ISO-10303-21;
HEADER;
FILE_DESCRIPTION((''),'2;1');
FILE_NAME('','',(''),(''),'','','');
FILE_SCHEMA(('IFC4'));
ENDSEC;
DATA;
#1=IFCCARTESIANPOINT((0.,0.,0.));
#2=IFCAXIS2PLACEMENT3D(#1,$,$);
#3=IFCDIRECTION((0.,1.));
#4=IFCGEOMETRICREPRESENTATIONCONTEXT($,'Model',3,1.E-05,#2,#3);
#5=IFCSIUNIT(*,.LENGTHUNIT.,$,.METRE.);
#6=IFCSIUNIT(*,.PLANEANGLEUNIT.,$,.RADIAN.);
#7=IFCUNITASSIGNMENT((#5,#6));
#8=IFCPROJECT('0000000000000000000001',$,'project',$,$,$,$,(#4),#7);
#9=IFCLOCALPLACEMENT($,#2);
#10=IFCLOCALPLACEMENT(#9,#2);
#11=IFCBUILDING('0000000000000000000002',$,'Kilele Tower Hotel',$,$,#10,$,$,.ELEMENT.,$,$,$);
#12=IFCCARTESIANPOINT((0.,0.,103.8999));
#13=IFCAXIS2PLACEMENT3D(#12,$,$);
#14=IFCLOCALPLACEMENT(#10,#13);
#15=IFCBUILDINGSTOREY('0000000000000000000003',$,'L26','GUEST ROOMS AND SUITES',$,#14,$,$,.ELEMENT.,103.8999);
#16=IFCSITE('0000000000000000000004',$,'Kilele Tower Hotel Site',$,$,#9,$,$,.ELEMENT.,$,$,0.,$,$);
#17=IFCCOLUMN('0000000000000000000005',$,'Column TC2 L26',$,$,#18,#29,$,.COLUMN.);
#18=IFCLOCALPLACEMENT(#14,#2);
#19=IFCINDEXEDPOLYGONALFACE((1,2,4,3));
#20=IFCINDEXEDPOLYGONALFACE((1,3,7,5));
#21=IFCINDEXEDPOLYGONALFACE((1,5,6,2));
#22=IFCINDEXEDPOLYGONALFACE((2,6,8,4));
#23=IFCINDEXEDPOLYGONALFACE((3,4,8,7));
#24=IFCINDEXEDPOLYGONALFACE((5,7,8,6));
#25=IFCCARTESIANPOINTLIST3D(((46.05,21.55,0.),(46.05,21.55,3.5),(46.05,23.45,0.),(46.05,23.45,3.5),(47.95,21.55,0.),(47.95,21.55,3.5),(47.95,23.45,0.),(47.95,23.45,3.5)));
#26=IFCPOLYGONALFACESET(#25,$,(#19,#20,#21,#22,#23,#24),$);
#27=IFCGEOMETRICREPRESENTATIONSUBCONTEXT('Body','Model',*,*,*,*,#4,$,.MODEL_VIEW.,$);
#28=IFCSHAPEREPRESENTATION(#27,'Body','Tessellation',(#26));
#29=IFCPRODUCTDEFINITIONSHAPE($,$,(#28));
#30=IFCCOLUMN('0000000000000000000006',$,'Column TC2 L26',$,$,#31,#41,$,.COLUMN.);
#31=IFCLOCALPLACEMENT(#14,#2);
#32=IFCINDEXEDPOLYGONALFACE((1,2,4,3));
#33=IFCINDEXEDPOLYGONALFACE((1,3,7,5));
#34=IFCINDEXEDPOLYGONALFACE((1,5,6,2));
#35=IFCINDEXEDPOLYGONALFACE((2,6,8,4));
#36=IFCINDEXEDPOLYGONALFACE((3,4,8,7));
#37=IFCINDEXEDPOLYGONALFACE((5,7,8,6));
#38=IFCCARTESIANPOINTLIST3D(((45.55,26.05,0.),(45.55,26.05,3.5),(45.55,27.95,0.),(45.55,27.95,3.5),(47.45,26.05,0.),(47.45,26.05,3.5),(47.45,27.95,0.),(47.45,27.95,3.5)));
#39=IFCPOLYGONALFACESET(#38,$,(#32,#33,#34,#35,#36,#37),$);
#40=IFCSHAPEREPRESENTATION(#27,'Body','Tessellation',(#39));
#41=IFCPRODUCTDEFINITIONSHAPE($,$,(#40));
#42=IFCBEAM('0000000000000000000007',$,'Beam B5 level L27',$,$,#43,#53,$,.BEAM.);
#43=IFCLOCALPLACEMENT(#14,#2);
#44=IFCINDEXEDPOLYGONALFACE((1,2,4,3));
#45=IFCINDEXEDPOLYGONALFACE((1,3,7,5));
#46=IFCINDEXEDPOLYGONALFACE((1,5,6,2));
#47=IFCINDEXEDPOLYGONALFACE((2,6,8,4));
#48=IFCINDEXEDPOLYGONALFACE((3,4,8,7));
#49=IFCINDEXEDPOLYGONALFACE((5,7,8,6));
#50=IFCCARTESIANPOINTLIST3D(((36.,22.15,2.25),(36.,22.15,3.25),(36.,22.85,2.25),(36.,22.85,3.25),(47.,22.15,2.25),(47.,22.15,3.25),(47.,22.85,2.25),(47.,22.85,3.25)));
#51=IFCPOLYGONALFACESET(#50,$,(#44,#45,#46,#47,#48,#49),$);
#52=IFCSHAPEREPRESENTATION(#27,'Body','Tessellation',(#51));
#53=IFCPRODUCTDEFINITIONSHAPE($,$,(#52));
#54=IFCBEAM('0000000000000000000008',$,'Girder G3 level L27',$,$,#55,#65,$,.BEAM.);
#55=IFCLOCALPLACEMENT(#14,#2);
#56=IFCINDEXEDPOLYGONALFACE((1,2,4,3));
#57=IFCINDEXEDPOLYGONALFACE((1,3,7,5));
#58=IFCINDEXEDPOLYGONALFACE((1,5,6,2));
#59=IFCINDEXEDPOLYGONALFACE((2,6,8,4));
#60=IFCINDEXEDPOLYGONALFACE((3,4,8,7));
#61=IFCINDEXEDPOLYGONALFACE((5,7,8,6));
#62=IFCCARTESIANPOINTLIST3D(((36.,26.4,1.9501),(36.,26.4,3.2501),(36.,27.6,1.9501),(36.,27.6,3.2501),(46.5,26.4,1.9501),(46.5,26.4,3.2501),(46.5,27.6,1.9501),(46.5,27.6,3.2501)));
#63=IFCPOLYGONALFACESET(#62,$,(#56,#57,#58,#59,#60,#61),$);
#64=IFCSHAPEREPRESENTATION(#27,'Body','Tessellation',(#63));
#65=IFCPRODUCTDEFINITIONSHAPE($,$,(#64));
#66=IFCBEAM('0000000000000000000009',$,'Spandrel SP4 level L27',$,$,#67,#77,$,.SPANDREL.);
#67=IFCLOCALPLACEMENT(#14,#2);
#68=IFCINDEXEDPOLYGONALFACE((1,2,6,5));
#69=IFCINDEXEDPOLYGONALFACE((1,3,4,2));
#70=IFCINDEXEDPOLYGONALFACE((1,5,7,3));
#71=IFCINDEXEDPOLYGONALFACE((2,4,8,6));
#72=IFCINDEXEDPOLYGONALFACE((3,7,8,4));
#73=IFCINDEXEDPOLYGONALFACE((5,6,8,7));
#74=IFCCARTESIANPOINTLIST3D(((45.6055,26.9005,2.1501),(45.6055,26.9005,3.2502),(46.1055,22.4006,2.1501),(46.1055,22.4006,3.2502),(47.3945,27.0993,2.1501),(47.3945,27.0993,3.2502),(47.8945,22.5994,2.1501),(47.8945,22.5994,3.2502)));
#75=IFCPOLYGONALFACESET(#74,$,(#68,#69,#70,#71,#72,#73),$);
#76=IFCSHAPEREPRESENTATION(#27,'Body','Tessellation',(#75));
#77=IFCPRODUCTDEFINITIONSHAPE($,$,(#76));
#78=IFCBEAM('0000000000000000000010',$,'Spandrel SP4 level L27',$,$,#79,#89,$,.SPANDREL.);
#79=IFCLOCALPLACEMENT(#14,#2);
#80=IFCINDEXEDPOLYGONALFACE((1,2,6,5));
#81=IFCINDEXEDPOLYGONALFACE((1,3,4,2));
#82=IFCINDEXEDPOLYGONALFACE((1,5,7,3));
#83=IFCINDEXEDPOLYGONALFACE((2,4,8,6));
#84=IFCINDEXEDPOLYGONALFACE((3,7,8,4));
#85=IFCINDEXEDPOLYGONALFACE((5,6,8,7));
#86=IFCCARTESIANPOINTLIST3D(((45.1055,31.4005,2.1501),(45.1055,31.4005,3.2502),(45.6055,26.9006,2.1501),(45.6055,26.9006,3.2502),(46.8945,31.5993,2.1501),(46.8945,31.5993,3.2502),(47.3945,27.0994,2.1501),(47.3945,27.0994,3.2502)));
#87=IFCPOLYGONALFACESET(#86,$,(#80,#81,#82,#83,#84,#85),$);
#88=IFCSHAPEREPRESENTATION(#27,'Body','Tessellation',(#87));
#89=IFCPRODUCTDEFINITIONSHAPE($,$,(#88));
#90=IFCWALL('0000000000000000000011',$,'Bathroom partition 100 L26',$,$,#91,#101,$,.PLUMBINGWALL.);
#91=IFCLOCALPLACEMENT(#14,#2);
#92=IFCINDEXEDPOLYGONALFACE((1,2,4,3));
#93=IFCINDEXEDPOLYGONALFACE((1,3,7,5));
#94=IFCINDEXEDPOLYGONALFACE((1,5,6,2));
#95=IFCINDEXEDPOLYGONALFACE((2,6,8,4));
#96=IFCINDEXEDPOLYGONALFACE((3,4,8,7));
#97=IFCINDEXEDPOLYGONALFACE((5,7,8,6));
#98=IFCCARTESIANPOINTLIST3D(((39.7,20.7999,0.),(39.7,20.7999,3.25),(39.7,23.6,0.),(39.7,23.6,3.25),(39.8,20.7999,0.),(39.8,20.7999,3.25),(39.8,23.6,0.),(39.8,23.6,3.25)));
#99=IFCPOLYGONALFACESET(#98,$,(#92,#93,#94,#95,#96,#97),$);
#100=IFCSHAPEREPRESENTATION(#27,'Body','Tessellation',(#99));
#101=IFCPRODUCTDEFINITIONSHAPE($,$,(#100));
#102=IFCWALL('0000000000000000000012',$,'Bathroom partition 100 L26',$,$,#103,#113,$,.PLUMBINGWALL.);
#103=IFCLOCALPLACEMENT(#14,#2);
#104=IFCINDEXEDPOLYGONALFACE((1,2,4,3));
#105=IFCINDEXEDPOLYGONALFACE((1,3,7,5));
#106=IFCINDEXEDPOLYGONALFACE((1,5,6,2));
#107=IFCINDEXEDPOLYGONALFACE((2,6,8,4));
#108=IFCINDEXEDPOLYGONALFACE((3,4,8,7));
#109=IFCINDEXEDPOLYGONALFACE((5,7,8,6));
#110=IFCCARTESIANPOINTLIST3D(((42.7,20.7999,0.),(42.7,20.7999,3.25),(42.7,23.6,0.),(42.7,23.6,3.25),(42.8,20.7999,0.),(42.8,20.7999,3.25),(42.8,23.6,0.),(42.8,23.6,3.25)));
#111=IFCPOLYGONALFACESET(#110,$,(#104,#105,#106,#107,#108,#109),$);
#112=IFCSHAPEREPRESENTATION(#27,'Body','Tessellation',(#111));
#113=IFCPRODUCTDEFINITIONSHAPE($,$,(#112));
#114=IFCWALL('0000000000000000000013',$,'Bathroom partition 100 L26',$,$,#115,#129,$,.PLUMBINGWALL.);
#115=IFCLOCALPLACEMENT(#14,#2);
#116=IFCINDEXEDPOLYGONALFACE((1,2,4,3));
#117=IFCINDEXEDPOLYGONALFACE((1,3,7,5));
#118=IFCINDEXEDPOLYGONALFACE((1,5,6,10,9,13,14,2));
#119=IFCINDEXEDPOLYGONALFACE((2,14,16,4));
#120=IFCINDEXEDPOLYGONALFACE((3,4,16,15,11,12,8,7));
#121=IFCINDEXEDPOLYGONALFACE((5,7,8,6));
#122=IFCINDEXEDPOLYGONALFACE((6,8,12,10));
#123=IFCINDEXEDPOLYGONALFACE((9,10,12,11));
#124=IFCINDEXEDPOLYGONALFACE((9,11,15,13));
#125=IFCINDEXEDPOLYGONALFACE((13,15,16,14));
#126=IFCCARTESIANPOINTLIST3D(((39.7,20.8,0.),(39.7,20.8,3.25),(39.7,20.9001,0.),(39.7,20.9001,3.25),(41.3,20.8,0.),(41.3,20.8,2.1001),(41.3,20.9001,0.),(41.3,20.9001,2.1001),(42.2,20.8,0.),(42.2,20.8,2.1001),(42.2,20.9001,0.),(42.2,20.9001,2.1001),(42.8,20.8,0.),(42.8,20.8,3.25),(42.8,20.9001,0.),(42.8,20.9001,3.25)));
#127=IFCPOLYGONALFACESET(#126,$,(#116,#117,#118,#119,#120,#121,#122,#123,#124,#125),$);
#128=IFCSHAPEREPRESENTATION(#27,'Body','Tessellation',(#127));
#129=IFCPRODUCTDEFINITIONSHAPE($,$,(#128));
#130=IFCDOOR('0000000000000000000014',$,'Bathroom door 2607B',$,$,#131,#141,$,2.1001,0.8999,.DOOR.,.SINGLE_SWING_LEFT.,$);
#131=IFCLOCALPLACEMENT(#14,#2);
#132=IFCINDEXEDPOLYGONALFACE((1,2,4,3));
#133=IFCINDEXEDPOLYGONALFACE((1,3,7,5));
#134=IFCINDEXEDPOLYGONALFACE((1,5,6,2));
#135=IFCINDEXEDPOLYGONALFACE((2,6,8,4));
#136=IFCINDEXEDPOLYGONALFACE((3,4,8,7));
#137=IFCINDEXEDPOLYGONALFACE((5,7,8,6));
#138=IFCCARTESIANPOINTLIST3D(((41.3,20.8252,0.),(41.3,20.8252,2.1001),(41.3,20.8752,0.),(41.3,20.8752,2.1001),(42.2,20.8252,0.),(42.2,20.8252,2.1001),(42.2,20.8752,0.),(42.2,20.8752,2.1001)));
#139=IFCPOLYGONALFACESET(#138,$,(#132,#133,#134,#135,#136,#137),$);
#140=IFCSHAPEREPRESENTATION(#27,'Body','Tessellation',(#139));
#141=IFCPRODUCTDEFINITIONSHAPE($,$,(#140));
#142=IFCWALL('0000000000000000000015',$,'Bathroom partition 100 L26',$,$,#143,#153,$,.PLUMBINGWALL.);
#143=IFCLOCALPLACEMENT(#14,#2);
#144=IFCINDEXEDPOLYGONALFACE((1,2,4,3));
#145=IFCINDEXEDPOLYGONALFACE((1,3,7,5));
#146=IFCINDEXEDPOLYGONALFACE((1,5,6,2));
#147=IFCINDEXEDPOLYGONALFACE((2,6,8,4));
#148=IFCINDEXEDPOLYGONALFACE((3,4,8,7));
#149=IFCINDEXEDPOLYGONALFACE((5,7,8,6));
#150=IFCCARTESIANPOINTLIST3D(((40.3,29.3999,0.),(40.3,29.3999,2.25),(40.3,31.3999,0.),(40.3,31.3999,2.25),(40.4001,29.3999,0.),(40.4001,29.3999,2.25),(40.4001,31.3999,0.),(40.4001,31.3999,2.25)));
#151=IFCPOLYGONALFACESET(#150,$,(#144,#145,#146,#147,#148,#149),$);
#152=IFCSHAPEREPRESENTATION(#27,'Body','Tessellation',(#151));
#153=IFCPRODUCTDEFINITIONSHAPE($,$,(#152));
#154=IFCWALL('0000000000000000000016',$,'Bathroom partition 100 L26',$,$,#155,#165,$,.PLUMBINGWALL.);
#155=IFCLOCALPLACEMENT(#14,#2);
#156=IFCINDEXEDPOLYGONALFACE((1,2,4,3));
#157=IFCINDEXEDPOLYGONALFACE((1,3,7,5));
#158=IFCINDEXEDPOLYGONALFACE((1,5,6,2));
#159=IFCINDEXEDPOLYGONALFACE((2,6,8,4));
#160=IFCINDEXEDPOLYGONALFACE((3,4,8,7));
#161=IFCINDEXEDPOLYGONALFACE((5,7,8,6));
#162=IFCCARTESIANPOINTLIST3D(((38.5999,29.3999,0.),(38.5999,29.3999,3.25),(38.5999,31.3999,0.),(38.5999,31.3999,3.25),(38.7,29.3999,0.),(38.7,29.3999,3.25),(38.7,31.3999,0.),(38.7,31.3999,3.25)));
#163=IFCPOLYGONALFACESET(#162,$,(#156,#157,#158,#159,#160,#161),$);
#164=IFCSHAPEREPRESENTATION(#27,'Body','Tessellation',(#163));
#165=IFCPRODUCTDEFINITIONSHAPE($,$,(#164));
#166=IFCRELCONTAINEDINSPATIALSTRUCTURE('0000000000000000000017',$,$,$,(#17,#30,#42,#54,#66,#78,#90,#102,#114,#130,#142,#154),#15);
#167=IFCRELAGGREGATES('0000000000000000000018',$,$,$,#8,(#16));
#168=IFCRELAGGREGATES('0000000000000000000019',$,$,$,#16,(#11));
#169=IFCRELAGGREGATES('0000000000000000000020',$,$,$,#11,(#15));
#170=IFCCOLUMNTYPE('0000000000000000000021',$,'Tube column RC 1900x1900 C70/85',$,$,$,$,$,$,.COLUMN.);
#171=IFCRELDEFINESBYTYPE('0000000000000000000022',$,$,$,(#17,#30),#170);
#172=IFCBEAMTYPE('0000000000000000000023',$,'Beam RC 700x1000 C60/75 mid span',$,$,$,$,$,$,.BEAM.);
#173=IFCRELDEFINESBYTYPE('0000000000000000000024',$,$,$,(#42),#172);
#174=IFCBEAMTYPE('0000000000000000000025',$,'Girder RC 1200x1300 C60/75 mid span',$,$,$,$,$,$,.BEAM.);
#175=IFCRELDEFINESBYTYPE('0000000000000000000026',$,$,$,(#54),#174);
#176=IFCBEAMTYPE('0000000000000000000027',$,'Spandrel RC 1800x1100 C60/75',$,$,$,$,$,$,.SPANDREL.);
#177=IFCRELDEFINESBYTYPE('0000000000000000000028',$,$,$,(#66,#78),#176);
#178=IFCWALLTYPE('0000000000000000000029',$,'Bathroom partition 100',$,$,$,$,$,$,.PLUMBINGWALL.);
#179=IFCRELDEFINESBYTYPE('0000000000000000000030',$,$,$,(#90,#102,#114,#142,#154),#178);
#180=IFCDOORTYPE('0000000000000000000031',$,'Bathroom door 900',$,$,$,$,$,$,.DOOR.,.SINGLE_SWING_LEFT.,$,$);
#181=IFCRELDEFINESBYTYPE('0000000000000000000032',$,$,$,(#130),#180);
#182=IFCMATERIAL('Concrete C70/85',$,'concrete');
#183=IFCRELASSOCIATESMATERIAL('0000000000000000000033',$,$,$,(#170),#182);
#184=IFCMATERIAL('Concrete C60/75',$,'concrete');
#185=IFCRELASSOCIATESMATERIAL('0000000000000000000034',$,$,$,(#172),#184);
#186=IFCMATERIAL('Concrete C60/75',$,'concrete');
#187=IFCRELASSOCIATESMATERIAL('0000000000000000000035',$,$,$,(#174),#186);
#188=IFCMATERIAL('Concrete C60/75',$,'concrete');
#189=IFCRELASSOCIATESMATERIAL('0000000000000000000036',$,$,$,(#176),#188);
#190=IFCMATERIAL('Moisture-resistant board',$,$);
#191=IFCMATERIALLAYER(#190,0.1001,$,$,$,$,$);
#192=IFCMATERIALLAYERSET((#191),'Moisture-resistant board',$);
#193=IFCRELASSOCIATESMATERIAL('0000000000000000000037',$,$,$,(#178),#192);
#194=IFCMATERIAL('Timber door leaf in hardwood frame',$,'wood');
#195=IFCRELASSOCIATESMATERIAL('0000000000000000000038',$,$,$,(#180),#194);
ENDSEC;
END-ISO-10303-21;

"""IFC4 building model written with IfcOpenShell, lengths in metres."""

from ifc_helpers import new_model, si_unit, direction, frame, frame_2d, origin, origin_2d, place, context, subcontext, project, spatial, rectangle, extrude, material, layer, layer_set, material_profile, profile_set, type_object, element, fill, save


model = new_model("IFC4")

# Units and contexts
model_context = context("Model", 3, precision=1e-05, world=origin(), true_north=direction((0.0, 1.0)))
body_context = subcontext(model_context, "Body", "Model", "MODEL_VIEW")
ifc_project = project(units=[si_unit("LENGTHUNIT", "METRE"), si_unit("PLANEANGLEUNIT", "RADIAN")], contexts=[model_context])

# Site, building, storey
site_placement = place(None, origin())
site = spatial("IfcSite", under=ifc_project, at=site_placement, Name="Kilele Tower Hotel Site", CompositionType="ELEMENT", RefElevation=0.0)
building_placement = place(site_placement, origin())
building = spatial("IfcBuilding", under=site, at=building_placement, Name="Kilele Tower Hotel", CompositionType="ELEMENT")
storey_placement = place(building_placement, frame((0.0, 0.0, 103.8999)))
storey = spatial("IfcBuildingStorey", under=building, at=storey_placement, Name="L26", Description="GUEST ROOMS AND SUITES", CompositionType="ELEMENT", Elevation=103.8999)

# Columns
ifc_material_1 = material(Name="Concrete C70/85", Category="concrete")
ifc_material_profile_1 = material_profile(ifc_material_1, rectangle(XDim=1.8999, YDim=1.8999, at=origin_2d()))
ifc_profile_set_1 = profile_set([ifc_material_profile_1], Name="Concrete C70/85")
column_type = type_object("IfcColumnType", Name="Tube column RC 1900x1900 C70/85", PredefinedType="COLUMN", material=ifc_profile_set_1)
for number, where, z_axis, x_axis, name in (
    (1, (47.0, 22.5, 0.0), (0.0, 0.0, 1.0), (1.0, 0.0, 0.0), "Column TC2 L26"),
    (2, (46.5, 27.0, 0.0), (0.0, 0.0, 1.0), (1.0, 0.0, 0.0), "Column TC2 L26"),
):
    element("IfcColumn", number, at=place(storey_placement, frame(where, z_axis=z_axis, x_axis=x_axis)), inside=storey, type_object=column_type, Name=name, PredefinedType="COLUMN", context=body_context, shape_type="SweptSolid", body=[
        extrude(rectangle(XDim=1.8999, YDim=1.8999, at=origin_2d()), origin(), (0.0, 0.0, 1.0), 3.5),
    ])

# Beams
ifc_material_2 = material(Name="Concrete C60/75", Category="concrete")
ifc_material_profile_2 = material_profile(ifc_material_2, rectangle(XDim=0.7, YDim=1.0, at=origin_2d()))
ifc_profile_set_2 = profile_set([ifc_material_profile_2], Name="Concrete C60/75")
beam_type_1 = type_object("IfcBeamType", Name="Beam RC 700x1000 C60/75 mid span", PredefinedType="BEAM", material=ifc_profile_set_2)
beam_1_placement = place(storey_placement, frame((47.0, 22.5, 2.75), z_axis=(-1.0, 0.0, 0.0), x_axis=(0.0, -1.0, 0.0)))
element("IfcBeam", 3, at=beam_1_placement, inside=storey, type_object=beam_type_1, Name="Beam B5 level L27", PredefinedType="BEAM", context=body_context, shape_type="SweptSolid", body=[
    extrude(rectangle(XDim=0.7, YDim=1.0, at=origin_2d()), origin(), (0.0, 0.0, 1.0), 11.0),
])
ifc_material_3 = material(Name="Concrete C60/75", Category="concrete")
ifc_material_profile_3 = material_profile(ifc_material_3, rectangle(XDim=1.2, YDim=1.3, at=origin_2d()))
ifc_profile_set_3 = profile_set([ifc_material_profile_3], Name="Concrete C60/75")
beam_type_2 = type_object("IfcBeamType", Name="Girder RC 1200x1300 C60/75 mid span", PredefinedType="BEAM", material=ifc_profile_set_3)
beam_2_placement = place(storey_placement, frame((46.5, 27.0, 2.6001), z_axis=(-1.0, 0.0, 0.0), x_axis=(0.0, -1.0, 0.0)))
element("IfcBeam", 4, at=beam_2_placement, inside=storey, type_object=beam_type_2, Name="Girder G3 level L27", PredefinedType="BEAM", context=body_context, shape_type="SweptSolid", body=[
    extrude(rectangle(XDim=1.2, YDim=1.3, at=origin_2d()), origin(), (0.0, 0.0, 1.0), 10.5),
])
ifc_material_4 = material(Name="Concrete C60/75", Category="concrete")
ifc_material_profile_4 = material_profile(ifc_material_4, rectangle(XDim=1.8, YDim=1.1001, at=origin_2d()))
ifc_profile_set_4 = profile_set([ifc_material_profile_4], Name="Concrete C60/75")
beam_type_3 = type_object("IfcBeamType", Name="Spandrel RC 1800x1100 C60/75", PredefinedType="SPANDREL", material=ifc_profile_set_4)
for number, where, z_axis, x_axis, name in (
    (5, (47.0, 22.5, 2.7002), (-0.110432, 0.993884, 0.0), (-0.993884, -0.110432, 0.0), "Spandrel SP4 level L27"),
    (6, (46.5, 27.0, 2.7002), (-0.110432, 0.993884, 0.0), (-0.993884, -0.110432, 0.0), "Spandrel SP4 level L27"),
):
    element("IfcBeam", number, at=place(storey_placement, frame(where, z_axis=z_axis, x_axis=x_axis)), inside=storey, type_object=beam_type_3, Name=name, PredefinedType="SPANDREL", context=body_context, shape_type="SweptSolid", body=[
        extrude(rectangle(XDim=1.8, YDim=1.1001, at=origin_2d()), origin(), (0.0, 0.0, 1.0), 4.5276),
    ])

# Walls
ifc_material_5 = material(Name="Moisture-resistant board")
ifc_layer_1 = layer(ifc_material_5, 0.1001)
ifc_layer_set_1 = layer_set([ifc_layer_1], Name="Moisture-resistant board")
wall_type_1 = type_object("IfcWallType", Name="Bathroom partition 100", PredefinedType="PLUMBINGWALL", material=ifc_layer_set_1)
for number, where, z_axis, x_axis, name in (
    (7, (39.75, 20.8, 0.0), (0.0, 0.0, 1.0), (0.0, 1.0, 0.0), "Bathroom partition 100 L26"),
    (8, (42.75, 20.8, 0.0), (0.0, 0.0, 1.0), (0.0, 1.0, 0.0), "Bathroom partition 100 L26"),
):
    element("IfcWall", number, at=place(storey_placement, frame(where, z_axis=z_axis, x_axis=x_axis)), inside=storey, type_object=wall_type_1, Name=name, PredefinedType="PLUMBINGWALL", context=body_context, shape_type="SweptSolid", body=[
        extrude(rectangle(XDim=2.8, YDim=0.1001, at=frame_2d((1.3999, 0.0))), origin(), (0.0, 0.0, 1.0), 3.25),
    ])

# Wall, opening, door
wall_1_placement = place(storey_placement, frame((39.7, 20.8501, 0.0), z_axis=(0.0, 0.0, 1.0), x_axis=(1.0, 0.0, 0.0)))
wall_1 = element("IfcWall", 9, at=wall_1_placement, inside=storey, type_object=wall_type_1, Name="Bathroom partition 100 L26", PredefinedType="PLUMBINGWALL", context=body_context, shape_type="SweptSolid", body=[
    extrude(rectangle(XDim=3.1001, YDim=0.1001, at=frame_2d((1.55, 0.0))), origin(), (0.0, 0.0, 1.0), 3.25),
])
opening_1_placement = place(wall_1_placement, frame((2.5, 0.0, 0.0), z_axis=(0.0, 0.0, 1.0), x_axis=(-1.0, 0.0, 0.0)))
opening_1 = element("IfcOpeningElement", 10, at=opening_1_placement, cuts=wall_1, PredefinedType="OPENING", context=body_context, shape_type="SweptSolid", body=[
    extrude(rectangle(XDim=0.8999, YDim=2.1001, at=frame_2d((0.45, 1.05))), frame((0.0, 0.0601, 0.0), z_axis=(0.0, -1.0, 0.0), x_axis=(1.0, 0.0, 0.0)), (0.0, 0.0, 1.0), 0.1201),
])
ifc_material_6 = material(Name="Timber door leaf in hardwood frame", Category="wood")
door_type_1 = type_object("IfcDoorType", Name="Bathroom door 900", OperationType="SINGLE_SWING_LEFT", PredefinedType="DOOR", material=ifc_material_6)
door_1_placement = place(opening_1_placement, origin())
door_1 = element("IfcDoor", 11, at=door_1_placement, inside=storey, type_object=door_type_1, Name="Bathroom door 2607B", OperationType="SINGLE_SWING_LEFT", OverallHeight=2.1001, OverallWidth=0.8999, PredefinedType="DOOR", context=body_context, shape_type="SweptSolid", body=[
    extrude(rectangle(XDim=0.8999, YDim=2.1001, at=frame_2d((0.45, 1.05))), frame((0.0, 0.0249, 0.0), z_axis=(0.0, -1.0, 0.0), x_axis=(1.0, 0.0, 0.0)), (0.0, 0.0, 1.0), 0.05),
])
fill(opening_1, door_1)

# Walls
wall_2_placement = place(storey_placement, frame((40.3501, 31.3999, 0.0), z_axis=(0.0, 0.0, 1.0), x_axis=(0.0, -1.0, 0.0)))
element("IfcWall", 12, at=wall_2_placement, inside=storey, type_object=wall_type_1, Name="Bathroom partition 100 L26", PredefinedType="PLUMBINGWALL", context=body_context, shape_type="SweptSolid", body=[
    extrude(rectangle(XDim=2.0, YDim=0.1001, at=frame_2d((1.0, 0.0))), origin(), (0.0, 0.0, 1.0), 2.25),
])
wall_3_placement = place(storey_placement, frame((38.6499, 31.3999, 0.0), z_axis=(0.0, 0.0, 1.0), x_axis=(0.0, -1.0, 0.0)))
element("IfcWall", 13, at=wall_3_placement, inside=storey, type_object=wall_type_1, Name="Bathroom partition 100 L26", PredefinedType="PLUMBINGWALL", context=body_context, shape_type="SweptSolid", body=[
    extrude(rectangle(XDim=2.0, YDim=0.1001, at=frame_2d((1.0, 0.0))), origin(), (0.0, 0.0, 1.0), 3.25),
])

save(model, "model.ifc")
